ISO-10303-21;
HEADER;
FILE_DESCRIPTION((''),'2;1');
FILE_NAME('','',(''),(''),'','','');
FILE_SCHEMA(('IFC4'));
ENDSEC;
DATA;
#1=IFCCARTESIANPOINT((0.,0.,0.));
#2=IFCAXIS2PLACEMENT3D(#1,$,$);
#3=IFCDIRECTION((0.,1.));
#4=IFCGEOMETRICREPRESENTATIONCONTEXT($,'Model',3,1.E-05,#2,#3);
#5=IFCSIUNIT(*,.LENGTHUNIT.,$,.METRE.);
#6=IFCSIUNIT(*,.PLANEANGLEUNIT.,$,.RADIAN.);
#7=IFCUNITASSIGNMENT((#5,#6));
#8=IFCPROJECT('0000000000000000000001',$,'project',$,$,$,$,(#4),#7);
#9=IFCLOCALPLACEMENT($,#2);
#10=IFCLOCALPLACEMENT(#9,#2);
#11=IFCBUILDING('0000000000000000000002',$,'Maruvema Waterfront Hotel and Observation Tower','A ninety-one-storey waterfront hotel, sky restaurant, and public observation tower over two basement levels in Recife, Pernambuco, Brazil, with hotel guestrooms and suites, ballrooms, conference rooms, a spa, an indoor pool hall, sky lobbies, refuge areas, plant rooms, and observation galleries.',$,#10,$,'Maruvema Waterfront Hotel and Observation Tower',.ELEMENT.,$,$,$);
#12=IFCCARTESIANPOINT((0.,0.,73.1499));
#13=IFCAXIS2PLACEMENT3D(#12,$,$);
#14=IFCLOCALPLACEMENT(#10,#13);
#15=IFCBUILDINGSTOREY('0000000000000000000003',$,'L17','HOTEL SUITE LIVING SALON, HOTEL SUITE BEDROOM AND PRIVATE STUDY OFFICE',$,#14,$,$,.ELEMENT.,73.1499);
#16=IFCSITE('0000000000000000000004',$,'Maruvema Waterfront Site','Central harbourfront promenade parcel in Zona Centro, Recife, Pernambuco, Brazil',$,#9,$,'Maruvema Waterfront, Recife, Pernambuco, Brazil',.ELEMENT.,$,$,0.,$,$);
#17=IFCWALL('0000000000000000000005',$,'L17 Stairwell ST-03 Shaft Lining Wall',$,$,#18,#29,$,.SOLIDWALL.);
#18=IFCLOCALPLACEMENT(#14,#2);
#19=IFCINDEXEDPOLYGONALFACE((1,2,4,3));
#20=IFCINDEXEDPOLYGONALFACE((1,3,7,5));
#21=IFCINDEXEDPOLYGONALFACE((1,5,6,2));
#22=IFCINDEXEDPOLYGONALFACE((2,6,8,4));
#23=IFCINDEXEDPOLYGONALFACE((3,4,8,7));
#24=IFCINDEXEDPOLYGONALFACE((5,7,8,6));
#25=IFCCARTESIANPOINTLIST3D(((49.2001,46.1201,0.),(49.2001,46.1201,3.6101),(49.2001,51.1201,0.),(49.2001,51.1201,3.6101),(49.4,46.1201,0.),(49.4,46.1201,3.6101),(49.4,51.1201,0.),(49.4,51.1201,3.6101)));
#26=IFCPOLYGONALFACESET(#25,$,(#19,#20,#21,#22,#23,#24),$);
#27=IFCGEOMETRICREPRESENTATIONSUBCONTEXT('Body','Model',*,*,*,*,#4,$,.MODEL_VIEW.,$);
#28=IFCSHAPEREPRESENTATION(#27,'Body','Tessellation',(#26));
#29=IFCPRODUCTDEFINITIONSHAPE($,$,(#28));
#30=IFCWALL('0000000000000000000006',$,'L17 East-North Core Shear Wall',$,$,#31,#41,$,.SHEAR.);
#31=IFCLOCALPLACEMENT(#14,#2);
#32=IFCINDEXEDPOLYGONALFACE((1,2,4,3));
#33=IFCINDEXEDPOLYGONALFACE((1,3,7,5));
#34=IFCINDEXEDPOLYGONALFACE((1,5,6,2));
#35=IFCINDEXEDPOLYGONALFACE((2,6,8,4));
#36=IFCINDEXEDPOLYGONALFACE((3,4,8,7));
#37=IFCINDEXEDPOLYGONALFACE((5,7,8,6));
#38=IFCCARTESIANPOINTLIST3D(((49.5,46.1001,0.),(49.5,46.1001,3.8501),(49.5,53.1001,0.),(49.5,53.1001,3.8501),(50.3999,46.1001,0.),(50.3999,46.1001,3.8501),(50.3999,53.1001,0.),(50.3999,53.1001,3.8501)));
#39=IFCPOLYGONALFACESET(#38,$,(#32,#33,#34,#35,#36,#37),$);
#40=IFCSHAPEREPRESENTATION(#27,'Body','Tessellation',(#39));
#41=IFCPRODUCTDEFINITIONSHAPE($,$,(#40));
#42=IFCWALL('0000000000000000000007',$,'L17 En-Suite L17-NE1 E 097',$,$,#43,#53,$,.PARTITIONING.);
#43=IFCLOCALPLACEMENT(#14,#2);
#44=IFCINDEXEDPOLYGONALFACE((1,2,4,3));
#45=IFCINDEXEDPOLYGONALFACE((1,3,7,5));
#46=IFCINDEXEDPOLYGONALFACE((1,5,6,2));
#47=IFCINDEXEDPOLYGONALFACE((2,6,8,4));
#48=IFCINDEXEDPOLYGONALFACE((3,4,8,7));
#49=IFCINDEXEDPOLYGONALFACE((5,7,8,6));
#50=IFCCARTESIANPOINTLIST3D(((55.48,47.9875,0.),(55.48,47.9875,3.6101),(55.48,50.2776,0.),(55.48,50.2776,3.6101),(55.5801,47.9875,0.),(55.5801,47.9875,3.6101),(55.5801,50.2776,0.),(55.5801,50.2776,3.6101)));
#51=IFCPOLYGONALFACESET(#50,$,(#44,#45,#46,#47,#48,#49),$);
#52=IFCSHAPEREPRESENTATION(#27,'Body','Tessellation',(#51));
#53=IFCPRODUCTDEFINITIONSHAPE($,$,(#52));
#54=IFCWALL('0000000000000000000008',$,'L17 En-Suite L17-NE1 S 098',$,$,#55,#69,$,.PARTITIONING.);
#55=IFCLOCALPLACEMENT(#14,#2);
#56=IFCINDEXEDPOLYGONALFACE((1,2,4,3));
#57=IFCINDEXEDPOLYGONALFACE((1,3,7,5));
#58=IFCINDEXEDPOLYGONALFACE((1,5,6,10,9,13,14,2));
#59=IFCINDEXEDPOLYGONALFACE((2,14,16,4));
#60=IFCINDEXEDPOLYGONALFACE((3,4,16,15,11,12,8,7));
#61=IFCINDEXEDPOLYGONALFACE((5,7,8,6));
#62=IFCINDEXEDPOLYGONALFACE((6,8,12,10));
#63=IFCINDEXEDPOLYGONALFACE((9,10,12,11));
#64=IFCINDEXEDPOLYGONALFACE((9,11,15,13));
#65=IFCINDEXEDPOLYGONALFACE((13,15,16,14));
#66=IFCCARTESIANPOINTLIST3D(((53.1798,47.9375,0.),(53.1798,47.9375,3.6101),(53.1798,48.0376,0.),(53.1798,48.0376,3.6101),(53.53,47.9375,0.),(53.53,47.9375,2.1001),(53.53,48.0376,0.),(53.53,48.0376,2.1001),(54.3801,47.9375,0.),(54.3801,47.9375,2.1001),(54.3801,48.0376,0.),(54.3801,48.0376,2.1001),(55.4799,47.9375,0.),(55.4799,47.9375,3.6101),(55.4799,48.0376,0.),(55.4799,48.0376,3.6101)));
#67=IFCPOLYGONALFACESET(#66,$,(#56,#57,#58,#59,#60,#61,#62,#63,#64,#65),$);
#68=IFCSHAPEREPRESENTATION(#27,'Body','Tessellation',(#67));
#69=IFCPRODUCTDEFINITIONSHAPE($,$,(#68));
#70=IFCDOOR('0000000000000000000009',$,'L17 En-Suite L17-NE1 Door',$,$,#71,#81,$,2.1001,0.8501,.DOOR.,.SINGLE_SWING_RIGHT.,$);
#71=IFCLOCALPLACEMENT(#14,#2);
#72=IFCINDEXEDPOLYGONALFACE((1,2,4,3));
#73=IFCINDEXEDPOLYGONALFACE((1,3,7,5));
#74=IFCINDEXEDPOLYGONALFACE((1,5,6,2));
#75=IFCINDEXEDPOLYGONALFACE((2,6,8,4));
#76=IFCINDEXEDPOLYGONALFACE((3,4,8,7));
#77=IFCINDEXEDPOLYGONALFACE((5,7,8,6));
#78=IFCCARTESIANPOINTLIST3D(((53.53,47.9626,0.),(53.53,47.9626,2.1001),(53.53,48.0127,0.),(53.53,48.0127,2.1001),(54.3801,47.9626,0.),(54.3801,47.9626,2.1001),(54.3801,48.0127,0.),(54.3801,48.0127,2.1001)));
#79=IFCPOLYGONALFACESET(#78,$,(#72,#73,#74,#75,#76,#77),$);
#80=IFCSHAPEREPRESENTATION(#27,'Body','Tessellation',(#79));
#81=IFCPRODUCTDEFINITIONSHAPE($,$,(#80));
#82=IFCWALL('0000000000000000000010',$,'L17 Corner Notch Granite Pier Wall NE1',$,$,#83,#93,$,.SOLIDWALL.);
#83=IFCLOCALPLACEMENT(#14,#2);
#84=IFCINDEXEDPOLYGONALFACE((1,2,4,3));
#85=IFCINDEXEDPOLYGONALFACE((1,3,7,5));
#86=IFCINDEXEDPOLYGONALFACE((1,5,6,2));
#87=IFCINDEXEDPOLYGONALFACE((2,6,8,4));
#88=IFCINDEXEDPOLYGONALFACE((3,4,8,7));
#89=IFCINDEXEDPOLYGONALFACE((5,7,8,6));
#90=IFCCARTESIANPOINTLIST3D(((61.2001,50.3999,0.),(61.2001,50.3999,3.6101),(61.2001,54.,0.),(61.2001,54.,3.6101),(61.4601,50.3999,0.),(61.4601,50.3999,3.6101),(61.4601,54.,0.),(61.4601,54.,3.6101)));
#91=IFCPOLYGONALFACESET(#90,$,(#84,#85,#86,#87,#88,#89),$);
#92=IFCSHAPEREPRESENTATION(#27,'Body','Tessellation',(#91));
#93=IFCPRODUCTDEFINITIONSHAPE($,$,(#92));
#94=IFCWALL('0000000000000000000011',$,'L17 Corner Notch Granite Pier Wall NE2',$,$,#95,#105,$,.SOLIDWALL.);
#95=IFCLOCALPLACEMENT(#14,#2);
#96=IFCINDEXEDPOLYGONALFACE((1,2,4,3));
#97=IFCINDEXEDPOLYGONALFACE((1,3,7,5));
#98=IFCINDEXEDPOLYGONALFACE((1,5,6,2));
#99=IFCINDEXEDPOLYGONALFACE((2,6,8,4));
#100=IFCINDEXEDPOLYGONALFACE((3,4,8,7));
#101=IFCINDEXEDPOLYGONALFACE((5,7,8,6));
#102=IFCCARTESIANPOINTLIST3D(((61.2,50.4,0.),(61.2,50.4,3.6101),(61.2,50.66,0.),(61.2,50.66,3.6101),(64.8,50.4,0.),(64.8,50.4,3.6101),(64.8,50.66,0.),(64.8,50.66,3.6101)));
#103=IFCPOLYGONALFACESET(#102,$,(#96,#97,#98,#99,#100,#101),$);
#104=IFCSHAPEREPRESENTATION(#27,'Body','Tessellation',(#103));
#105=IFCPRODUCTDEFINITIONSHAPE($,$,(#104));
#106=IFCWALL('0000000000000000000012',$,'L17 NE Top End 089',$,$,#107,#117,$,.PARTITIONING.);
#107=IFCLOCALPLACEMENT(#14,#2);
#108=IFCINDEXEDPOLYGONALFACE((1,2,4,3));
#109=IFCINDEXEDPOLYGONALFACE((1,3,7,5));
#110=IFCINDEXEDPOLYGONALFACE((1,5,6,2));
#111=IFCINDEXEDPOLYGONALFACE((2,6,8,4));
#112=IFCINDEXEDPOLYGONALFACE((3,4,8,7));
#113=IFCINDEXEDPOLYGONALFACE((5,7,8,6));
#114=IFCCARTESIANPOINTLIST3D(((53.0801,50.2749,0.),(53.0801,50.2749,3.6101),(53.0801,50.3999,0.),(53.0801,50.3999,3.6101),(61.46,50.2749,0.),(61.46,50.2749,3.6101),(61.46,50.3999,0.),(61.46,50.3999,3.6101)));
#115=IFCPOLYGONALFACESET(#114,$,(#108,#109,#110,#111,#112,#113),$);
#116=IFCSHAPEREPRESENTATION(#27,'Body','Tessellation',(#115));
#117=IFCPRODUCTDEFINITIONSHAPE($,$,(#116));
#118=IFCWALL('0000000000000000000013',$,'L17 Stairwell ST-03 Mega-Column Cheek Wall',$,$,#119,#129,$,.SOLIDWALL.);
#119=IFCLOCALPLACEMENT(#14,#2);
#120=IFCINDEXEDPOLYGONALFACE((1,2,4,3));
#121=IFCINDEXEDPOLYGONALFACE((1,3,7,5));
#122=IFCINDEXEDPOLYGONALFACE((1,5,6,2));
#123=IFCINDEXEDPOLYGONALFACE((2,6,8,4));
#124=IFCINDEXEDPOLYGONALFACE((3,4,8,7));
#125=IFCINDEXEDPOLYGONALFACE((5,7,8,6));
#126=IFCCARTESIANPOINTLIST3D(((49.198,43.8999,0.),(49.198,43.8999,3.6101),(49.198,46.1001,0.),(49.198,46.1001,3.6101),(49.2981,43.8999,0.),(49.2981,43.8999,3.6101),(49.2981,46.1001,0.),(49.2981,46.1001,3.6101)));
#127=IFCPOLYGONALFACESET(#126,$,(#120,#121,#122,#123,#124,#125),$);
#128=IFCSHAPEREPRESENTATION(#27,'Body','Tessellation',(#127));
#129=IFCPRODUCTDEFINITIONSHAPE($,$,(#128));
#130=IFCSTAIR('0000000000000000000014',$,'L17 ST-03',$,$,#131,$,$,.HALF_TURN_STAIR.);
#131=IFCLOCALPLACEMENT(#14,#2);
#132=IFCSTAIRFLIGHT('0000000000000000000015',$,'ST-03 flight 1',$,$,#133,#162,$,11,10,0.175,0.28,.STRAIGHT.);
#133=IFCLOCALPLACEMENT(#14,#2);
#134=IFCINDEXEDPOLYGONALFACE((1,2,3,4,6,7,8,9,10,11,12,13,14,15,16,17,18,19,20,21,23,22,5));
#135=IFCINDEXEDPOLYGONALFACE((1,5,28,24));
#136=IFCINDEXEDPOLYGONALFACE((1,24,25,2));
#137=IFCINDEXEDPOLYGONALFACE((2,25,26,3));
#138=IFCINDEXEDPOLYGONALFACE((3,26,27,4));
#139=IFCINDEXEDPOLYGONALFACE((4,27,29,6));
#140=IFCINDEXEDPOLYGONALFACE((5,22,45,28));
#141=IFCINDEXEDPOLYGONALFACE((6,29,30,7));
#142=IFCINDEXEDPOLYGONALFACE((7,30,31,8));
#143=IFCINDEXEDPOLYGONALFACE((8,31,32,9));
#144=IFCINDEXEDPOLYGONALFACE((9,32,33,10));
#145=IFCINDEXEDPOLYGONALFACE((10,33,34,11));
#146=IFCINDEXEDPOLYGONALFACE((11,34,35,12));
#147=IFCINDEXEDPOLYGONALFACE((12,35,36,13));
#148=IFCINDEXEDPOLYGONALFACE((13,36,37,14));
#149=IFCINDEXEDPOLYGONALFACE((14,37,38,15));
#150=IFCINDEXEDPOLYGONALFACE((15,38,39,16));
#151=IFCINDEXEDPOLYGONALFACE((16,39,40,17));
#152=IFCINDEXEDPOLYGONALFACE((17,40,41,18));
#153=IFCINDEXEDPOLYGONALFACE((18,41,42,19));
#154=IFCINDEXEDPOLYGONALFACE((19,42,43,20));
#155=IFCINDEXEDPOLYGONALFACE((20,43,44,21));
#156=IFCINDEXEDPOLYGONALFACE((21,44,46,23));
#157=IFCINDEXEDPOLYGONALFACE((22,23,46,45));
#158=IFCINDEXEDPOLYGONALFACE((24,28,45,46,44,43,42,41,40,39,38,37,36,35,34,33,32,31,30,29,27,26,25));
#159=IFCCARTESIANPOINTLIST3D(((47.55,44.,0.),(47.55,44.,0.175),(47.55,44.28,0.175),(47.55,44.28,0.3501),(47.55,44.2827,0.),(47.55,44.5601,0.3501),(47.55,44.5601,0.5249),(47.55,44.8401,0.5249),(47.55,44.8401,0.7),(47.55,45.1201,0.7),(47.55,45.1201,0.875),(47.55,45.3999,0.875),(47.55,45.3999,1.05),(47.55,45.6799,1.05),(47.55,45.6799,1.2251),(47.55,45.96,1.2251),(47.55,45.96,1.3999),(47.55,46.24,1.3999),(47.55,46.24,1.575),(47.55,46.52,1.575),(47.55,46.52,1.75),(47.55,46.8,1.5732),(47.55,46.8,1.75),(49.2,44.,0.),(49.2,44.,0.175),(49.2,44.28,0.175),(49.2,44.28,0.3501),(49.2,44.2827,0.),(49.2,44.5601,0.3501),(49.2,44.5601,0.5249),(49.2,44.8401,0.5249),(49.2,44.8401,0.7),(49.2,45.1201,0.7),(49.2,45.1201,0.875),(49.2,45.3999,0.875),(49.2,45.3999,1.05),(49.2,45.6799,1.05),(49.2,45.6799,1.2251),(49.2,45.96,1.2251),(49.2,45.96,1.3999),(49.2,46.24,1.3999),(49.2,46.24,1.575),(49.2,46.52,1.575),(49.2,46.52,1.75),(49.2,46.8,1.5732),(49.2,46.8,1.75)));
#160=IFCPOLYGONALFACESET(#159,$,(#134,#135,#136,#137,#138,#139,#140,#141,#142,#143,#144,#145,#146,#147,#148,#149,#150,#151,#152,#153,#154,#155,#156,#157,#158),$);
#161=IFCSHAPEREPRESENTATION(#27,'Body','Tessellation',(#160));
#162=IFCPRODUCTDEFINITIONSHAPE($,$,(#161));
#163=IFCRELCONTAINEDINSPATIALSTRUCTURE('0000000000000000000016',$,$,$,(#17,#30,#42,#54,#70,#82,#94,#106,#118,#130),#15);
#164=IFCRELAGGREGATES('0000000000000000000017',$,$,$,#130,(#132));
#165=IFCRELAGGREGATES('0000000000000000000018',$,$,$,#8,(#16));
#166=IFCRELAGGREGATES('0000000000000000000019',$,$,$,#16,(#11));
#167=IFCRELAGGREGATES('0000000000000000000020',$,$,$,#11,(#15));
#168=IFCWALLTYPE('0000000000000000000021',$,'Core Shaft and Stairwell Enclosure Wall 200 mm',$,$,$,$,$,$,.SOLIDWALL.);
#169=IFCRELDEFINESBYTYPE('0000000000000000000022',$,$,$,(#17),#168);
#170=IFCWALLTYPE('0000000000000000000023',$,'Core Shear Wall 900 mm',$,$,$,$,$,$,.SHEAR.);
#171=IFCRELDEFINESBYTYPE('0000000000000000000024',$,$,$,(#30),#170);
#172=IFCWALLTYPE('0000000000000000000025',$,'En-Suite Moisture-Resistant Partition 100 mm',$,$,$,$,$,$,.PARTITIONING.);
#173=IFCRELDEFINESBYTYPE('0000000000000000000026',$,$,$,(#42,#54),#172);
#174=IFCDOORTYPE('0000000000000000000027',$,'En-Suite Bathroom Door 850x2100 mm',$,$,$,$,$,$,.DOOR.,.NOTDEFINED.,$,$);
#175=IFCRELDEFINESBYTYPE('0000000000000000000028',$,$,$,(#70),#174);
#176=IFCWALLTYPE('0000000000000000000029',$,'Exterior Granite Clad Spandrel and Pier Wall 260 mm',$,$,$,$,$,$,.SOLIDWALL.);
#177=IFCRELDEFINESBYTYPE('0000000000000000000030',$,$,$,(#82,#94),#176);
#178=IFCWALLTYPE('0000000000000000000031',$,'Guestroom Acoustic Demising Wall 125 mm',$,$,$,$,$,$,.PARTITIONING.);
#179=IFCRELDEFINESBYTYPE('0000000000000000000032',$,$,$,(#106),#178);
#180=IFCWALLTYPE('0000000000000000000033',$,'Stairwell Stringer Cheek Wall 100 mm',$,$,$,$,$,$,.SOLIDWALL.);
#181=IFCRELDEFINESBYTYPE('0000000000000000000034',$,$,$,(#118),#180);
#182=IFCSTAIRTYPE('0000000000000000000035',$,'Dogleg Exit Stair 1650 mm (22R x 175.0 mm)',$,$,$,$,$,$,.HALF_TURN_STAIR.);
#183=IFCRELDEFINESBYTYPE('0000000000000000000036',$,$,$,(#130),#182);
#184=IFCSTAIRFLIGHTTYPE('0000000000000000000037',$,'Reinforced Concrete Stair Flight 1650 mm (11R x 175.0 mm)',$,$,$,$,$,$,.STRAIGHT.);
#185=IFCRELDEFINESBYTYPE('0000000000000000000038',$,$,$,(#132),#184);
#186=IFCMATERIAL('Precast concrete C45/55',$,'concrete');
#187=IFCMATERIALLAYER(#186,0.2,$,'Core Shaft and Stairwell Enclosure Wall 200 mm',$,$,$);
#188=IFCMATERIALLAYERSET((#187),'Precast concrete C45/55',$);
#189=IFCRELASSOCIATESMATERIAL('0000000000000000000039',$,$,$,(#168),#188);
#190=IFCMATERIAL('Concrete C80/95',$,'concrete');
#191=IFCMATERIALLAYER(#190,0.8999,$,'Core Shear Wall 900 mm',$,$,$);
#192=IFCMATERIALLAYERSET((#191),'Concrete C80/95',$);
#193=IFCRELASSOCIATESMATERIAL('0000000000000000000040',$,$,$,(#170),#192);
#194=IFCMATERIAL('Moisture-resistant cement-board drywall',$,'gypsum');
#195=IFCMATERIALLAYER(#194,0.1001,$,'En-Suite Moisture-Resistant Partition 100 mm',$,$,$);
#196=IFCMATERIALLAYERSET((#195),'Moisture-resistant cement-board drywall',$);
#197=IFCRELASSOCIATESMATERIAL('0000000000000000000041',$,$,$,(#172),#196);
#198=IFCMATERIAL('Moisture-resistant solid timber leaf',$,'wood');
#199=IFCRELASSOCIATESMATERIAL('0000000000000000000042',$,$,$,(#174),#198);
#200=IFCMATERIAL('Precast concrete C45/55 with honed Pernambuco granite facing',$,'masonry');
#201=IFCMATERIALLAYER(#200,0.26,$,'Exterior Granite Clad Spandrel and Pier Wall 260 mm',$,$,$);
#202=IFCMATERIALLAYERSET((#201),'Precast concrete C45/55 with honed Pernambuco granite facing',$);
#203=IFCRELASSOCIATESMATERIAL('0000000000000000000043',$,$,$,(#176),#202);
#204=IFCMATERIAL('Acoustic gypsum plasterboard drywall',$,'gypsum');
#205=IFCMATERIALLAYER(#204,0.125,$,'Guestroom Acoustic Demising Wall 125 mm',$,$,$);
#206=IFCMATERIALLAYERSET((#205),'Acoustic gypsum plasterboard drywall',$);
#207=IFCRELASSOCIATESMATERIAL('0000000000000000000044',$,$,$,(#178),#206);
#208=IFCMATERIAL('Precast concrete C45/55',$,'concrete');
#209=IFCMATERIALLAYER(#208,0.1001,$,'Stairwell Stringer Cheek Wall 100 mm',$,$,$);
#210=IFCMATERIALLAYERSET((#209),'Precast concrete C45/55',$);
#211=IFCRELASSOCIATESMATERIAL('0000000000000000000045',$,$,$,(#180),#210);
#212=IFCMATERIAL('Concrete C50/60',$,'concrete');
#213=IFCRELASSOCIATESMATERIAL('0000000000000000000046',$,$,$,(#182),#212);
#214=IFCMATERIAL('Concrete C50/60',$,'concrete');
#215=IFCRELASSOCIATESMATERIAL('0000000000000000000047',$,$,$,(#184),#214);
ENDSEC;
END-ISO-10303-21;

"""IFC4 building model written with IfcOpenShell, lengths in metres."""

from ifc_helpers import new_model, si_unit, direction, frame, frame_2d, origin, place, context, subcontext, project, spatial, polyline, rectangle, outline, extrude, material, layer, layer_set, type_object, element, fill, aggregate, save


model = new_model("IFC4")

# Units and contexts
model_context = context("Model", 3, precision=1e-05, world=origin(), true_north=direction((0.0, 1.0)))
body_context = subcontext(model_context, "Body", "Model", "MODEL_VIEW")
ifc_project = project(units=[si_unit("LENGTHUNIT", "METRE"), si_unit("PLANEANGLEUNIT", "RADIAN")], contexts=[model_context])

# Site, building, storey
site_placement = place(None, origin())
site = spatial("IfcSite", under=ifc_project, at=site_placement, Name="Maruvema Waterfront Site", Description="Central harbourfront promenade parcel in Zona Centro, Recife, Pernambuco, Brazil", LongName="Maruvema Waterfront, Recife, Pernambuco, Brazil", CompositionType="ELEMENT", RefElevation=0.0)
building_placement = place(site_placement, origin())
building = spatial("IfcBuilding", under=site, at=building_placement, Name="Maruvema Waterfront Hotel and Observation Tower", Description="A ninety-one-storey waterfront hotel, sky restaurant, and public observation tower over two basement levels in Recife, Pernambuco, Brazil, with hotel guestrooms and suites, ballrooms, conference rooms, a spa, an indoor pool hall, sky lobbies, refuge areas, plant rooms, and observation galleries.", LongName="Maruvema Waterfront Hotel and Observation Tower", CompositionType="ELEMENT")
storey_placement = place(building_placement, frame((0.0, 0.0, 73.1499)))
storey = spatial("IfcBuildingStorey", under=building, at=storey_placement, Name="L17", Description="HOTEL SUITE LIVING SALON, HOTEL SUITE BEDROOM AND PRIVATE STUDY OFFICE", CompositionType="ELEMENT", Elevation=73.1499)

# Walls
ifc_material_1 = material(Name="Precast concrete C45/55", Category="concrete")
ifc_layer_1 = layer(ifc_material_1, 0.2, Name="Core Shaft and Stairwell Enclosure Wall 200 mm")
ifc_layer_set_1 = layer_set([ifc_layer_1], Name="Precast concrete C45/55")
wall_type_1 = type_object("IfcWallType", Name="Core Shaft and Stairwell Enclosure Wall 200 mm", PredefinedType="SOLIDWALL", material=ifc_layer_set_1)
wall_1_placement = place(storey_placement, frame((49.3, 46.1201, 0.0), z_axis=(0.0, 0.0, 1.0), x_axis=(0.0, 1.0, 0.0)))
element("IfcWall", 1, at=wall_1_placement, inside=storey, type_object=wall_type_1, Name="L17 Stairwell ST-03 Shaft Lining Wall", PredefinedType="SOLIDWALL", context=body_context, shape_type="SweptSolid", body=[
    extrude(rectangle(XDim=5.0, YDim=0.2, at=frame_2d((2.5, 0.0))), origin(), (0.0, 0.0, 1.0), 3.6101),
])
ifc_material_2 = material(Name="Concrete C80/95", Category="concrete")
ifc_layer_2 = layer(ifc_material_2, 0.8999, Name="Core Shear Wall 900 mm")
ifc_layer_set_2 = layer_set([ifc_layer_2], Name="Concrete C80/95")
wall_type_2 = type_object("IfcWallType", Name="Core Shear Wall 900 mm", PredefinedType="SHEAR", material=ifc_layer_set_2)
wall_2_placement = place(storey_placement, frame((49.95, 46.1001, 0.0), z_axis=(0.0, 0.0, 1.0), x_axis=(0.0, 1.0, 0.0)))
element("IfcWall", 2, at=wall_2_placement, inside=storey, type_object=wall_type_2, Name="L17 East-North Core Shear Wall", PredefinedType="SHEAR", context=body_context, shape_type="SweptSolid", body=[
    extrude(rectangle(XDim=7.0, YDim=0.8999, at=frame_2d((3.5, 0.0))), origin(), (0.0, 0.0, 1.0), 3.8501),
])
ifc_material_3 = material(Name="Moisture-resistant cement-board drywall", Category="gypsum")
ifc_layer_3 = layer(ifc_material_3, 0.1001, Name="En-Suite Moisture-Resistant Partition 100 mm")
ifc_layer_set_3 = layer_set([ifc_layer_3], Name="Moisture-resistant cement-board drywall")
wall_type_3 = type_object("IfcWallType", Name="En-Suite Moisture-Resistant Partition 100 mm", PredefinedType="PARTITIONING", material=ifc_layer_set_3)
wall_3_placement = place(storey_placement, frame((55.53, 47.9875, 0.0), z_axis=(0.0, 0.0, 1.0), x_axis=(0.0, 1.0, 0.0)))
element("IfcWall", 3, at=wall_3_placement, inside=storey, type_object=wall_type_3, Name="L17 En-Suite L17-NE1 E 097", PredefinedType="PARTITIONING", context=body_context, shape_type="SweptSolid", body=[
    extrude(rectangle(XDim=2.29, YDim=0.1001, at=frame_2d((1.145, 0.0))), origin(), (0.0, 0.0, 1.0), 3.6101),
])

# Wall, opening, door
wall_4_placement = place(storey_placement, frame((53.1799, 47.9875, 0.0), z_axis=(0.0, 0.0, 1.0), x_axis=(1.0, 0.0, 0.0)))
wall_4 = element("IfcWall", 4, at=wall_4_placement, inside=storey, type_object=wall_type_3, Name="L17 En-Suite L17-NE1 S 098", PredefinedType="PARTITIONING", context=body_context, shape_type="SweptSolid", body=[
    extrude(rectangle(XDim=2.3, YDim=0.1001, at=frame_2d((1.1499, 0.0))), origin(), (0.0, 0.0, 1.0), 3.6101),
])
opening_placement = place(wall_4_placement, frame((0.3501, 0.0, 0.0)))
opening = element("IfcOpeningElement", 5, at=opening_placement, cuts=wall_4, PredefinedType="OPENING", context=body_context, shape_type="SweptSolid", body=[
    extrude(rectangle(XDim=0.8501, YDim=2.1001, at=frame_2d((0.425, 1.05))), frame((0.0, 0.0601, 0.0), z_axis=(0.0, -1.0, 0.0), x_axis=(1.0, 0.0, 0.0)), (0.0, 0.0, 1.0), 0.1201),
])
ifc_material_4 = material(Name="Moisture-resistant solid timber leaf", Category="wood")
door_type = type_object("IfcDoorType", Name="En-Suite Bathroom Door 850x2100 mm", OperationType="NOTDEFINED", PredefinedType="DOOR", material=ifc_material_4)
door_placement = place(opening_placement, frame((0.8501, 0.0, 0.0), z_axis=(0.0, 0.0, 1.0), x_axis=(-1.0, 0.0, 0.0)))
door = element("IfcDoor", 6, at=door_placement, inside=storey, type_object=door_type, Name="L17 En-Suite L17-NE1 Door", OperationType="SINGLE_SWING_RIGHT", OverallHeight=2.1001, OverallWidth=0.8501, PredefinedType="DOOR", context=body_context, shape_type="SweptSolid", body=[
    extrude(rectangle(XDim=0.8501, YDim=2.1001, at=frame_2d((0.425, 1.05))), frame((0.0, 0.0249, 0.0), z_axis=(0.0, -1.0, 0.0), x_axis=(1.0, 0.0, 0.0)), (0.0, 0.0, 1.0), 0.05),
])
fill(opening, door)

# Walls
ifc_material_5 = material(Name="Precast concrete C45/55 with honed Pernambuco granite facing", Category="masonry")
ifc_layer_4 = layer(ifc_material_5, 0.26, Name="Exterior Granite Clad Spandrel and Pier Wall 260 mm")
ifc_layer_set_4 = layer_set([ifc_layer_4], Name="Precast concrete C45/55 with honed Pernambuco granite facing")
wall_type_4 = type_object("IfcWallType", Name="Exterior Granite Clad Spandrel and Pier Wall 260 mm", PredefinedType="SOLIDWALL", material=ifc_layer_set_4)
for number, where, z_axis, x_axis, name in (
    (7, (61.3301, 54.0, 0.0), (0.0, 0.0, 1.0), (0.0, -1.0, 0.0), "L17 Corner Notch Granite Pier Wall NE1"),
    (8, (61.2, 50.53, 0.0), (0.0, 0.0, 1.0), (1.0, 0.0, 0.0), "L17 Corner Notch Granite Pier Wall NE2"),
):
    element("IfcWall", number, at=place(storey_placement, frame(where, z_axis=z_axis, x_axis=x_axis)), inside=storey, type_object=wall_type_4, Name=name, PredefinedType="SOLIDWALL", context=body_context, shape_type="SweptSolid", body=[
        extrude(rectangle(XDim=3.6001, YDim=0.26, at=frame_2d((1.8, 0.0))), origin(), (0.0, 0.0, 1.0), 3.6101),
    ])
ifc_material_6 = material(Name="Acoustic gypsum plasterboard drywall", Category="gypsum")
ifc_layer_5 = layer(ifc_material_6, 0.125, Name="Guestroom Acoustic Demising Wall 125 mm")
ifc_layer_set_5 = layer_set([ifc_layer_5], Name="Acoustic gypsum plasterboard drywall")
wall_type_5 = type_object("IfcWallType", Name="Guestroom Acoustic Demising Wall 125 mm", PredefinedType="PARTITIONING", material=ifc_layer_set_5)
wall_5_placement = place(storey_placement, frame((53.0801, 50.3374, 0.0), z_axis=(0.0, 0.0, 1.0), x_axis=(1.0, 0.0, 0.0)))
element("IfcWall", 9, at=wall_5_placement, inside=storey, type_object=wall_type_5, Name="L17 NE Top End 089", PredefinedType="PARTITIONING", context=body_context, shape_type="SweptSolid", body=[
    extrude(rectangle(XDim=8.3799, YDim=0.125, at=frame_2d((4.1899, 0.0))), origin(), (0.0, 0.0, 1.0), 3.6101),
])
ifc_material_7 = material(Name="Precast concrete C45/55", Category="concrete")
ifc_layer_6 = layer(ifc_material_7, 0.1001, Name="Stairwell Stringer Cheek Wall 100 mm")
ifc_layer_set_6 = layer_set([ifc_layer_6], Name="Precast concrete C45/55")
wall_type_6 = type_object("IfcWallType", Name="Stairwell Stringer Cheek Wall 100 mm", PredefinedType="SOLIDWALL", material=ifc_layer_set_6)
wall_6_placement = place(storey_placement, frame((49.248, 43.8999, 0.0), z_axis=(0.0, 0.0, 1.0), x_axis=(0.0, 1.0, 0.0)))
element("IfcWall", 10, at=wall_6_placement, inside=storey, type_object=wall_type_6, Name="L17 Stairwell ST-03 Mega-Column Cheek Wall", PredefinedType="SOLIDWALL", context=body_context, shape_type="SweptSolid", body=[
    extrude(rectangle(XDim=2.2002, YDim=0.1001, at=frame_2d((1.1001, 0.0))), origin(), (0.0, 0.0, 1.0), 3.6101),
])

# Stair, stair flight
ifc_material_8 = material(Name="Concrete C50/60", Category="concrete")
stair_type = type_object("IfcStairType", Name="Dogleg Exit Stair 1650 mm (22R x 175.0 mm)", PredefinedType="HALF_TURN_STAIR", material=ifc_material_8)
stair_placement = place(storey_placement, origin())
stair = element("IfcStair", 11, at=stair_placement, inside=storey, type_object=stair_type, Name="L17 ST-03", PredefinedType="HALF_TURN_STAIR")
ifc_material_9 = material(Name="Concrete C50/60", Category="concrete")
stair_flight_type = type_object("IfcStairFlightType", Name="Reinforced Concrete Stair Flight 1650 mm (11R x 175.0 mm)", PredefinedType="STRAIGHT", material=ifc_material_9)
stair_flight_placement = place(storey_placement, frame((48.375, 44.0, 0.0), z_axis=(0.0, 0.0, 1.0), x_axis=(0.0, 1.0, 0.0)))
stair_flight = element("IfcStairFlight", 12, at=stair_flight_placement, type_object=stair_flight_type, Name="ST-03 flight 1", NumberOfRisers=11, NumberOfTreads=10, PredefinedType="STRAIGHT", RiserHeight=0.175, TreadLength=0.28, context=body_context, shape_type="SweptSolid", body=[
    extrude(outline(polyline([(0.0, 0.0), (0.0, 0.175), (0.28, 0.175), (0.28, 0.3501), (0.5601, 0.3501), (0.5601, 0.5249), (0.8401, 0.5249), (0.8401, 0.7), (1.1201, 0.7), (1.1201, 0.875), (1.3999, 0.875), (1.3999, 1.05), (1.6799, 1.05), (1.6799, 1.2251), (1.96, 1.2251), (1.96, 1.3999), (2.24, 1.3999), (2.24, 1.575), (2.52, 1.575), (2.52, 1.75), (2.8, 1.75), (2.8, 1.925), (2.8, 1.5732), (0.2827, 0.0), (0.0, 0.0)])), frame((0.0, 0.825, 0.0), z_axis=(0.0, -1.0, 0.0), x_axis=(1.0, 0.0, 0.0)), (0.0, 0.0, 1.0), 1.6499),
])
aggregate(stair, [stair_flight])

save(model, "model.ifc")
